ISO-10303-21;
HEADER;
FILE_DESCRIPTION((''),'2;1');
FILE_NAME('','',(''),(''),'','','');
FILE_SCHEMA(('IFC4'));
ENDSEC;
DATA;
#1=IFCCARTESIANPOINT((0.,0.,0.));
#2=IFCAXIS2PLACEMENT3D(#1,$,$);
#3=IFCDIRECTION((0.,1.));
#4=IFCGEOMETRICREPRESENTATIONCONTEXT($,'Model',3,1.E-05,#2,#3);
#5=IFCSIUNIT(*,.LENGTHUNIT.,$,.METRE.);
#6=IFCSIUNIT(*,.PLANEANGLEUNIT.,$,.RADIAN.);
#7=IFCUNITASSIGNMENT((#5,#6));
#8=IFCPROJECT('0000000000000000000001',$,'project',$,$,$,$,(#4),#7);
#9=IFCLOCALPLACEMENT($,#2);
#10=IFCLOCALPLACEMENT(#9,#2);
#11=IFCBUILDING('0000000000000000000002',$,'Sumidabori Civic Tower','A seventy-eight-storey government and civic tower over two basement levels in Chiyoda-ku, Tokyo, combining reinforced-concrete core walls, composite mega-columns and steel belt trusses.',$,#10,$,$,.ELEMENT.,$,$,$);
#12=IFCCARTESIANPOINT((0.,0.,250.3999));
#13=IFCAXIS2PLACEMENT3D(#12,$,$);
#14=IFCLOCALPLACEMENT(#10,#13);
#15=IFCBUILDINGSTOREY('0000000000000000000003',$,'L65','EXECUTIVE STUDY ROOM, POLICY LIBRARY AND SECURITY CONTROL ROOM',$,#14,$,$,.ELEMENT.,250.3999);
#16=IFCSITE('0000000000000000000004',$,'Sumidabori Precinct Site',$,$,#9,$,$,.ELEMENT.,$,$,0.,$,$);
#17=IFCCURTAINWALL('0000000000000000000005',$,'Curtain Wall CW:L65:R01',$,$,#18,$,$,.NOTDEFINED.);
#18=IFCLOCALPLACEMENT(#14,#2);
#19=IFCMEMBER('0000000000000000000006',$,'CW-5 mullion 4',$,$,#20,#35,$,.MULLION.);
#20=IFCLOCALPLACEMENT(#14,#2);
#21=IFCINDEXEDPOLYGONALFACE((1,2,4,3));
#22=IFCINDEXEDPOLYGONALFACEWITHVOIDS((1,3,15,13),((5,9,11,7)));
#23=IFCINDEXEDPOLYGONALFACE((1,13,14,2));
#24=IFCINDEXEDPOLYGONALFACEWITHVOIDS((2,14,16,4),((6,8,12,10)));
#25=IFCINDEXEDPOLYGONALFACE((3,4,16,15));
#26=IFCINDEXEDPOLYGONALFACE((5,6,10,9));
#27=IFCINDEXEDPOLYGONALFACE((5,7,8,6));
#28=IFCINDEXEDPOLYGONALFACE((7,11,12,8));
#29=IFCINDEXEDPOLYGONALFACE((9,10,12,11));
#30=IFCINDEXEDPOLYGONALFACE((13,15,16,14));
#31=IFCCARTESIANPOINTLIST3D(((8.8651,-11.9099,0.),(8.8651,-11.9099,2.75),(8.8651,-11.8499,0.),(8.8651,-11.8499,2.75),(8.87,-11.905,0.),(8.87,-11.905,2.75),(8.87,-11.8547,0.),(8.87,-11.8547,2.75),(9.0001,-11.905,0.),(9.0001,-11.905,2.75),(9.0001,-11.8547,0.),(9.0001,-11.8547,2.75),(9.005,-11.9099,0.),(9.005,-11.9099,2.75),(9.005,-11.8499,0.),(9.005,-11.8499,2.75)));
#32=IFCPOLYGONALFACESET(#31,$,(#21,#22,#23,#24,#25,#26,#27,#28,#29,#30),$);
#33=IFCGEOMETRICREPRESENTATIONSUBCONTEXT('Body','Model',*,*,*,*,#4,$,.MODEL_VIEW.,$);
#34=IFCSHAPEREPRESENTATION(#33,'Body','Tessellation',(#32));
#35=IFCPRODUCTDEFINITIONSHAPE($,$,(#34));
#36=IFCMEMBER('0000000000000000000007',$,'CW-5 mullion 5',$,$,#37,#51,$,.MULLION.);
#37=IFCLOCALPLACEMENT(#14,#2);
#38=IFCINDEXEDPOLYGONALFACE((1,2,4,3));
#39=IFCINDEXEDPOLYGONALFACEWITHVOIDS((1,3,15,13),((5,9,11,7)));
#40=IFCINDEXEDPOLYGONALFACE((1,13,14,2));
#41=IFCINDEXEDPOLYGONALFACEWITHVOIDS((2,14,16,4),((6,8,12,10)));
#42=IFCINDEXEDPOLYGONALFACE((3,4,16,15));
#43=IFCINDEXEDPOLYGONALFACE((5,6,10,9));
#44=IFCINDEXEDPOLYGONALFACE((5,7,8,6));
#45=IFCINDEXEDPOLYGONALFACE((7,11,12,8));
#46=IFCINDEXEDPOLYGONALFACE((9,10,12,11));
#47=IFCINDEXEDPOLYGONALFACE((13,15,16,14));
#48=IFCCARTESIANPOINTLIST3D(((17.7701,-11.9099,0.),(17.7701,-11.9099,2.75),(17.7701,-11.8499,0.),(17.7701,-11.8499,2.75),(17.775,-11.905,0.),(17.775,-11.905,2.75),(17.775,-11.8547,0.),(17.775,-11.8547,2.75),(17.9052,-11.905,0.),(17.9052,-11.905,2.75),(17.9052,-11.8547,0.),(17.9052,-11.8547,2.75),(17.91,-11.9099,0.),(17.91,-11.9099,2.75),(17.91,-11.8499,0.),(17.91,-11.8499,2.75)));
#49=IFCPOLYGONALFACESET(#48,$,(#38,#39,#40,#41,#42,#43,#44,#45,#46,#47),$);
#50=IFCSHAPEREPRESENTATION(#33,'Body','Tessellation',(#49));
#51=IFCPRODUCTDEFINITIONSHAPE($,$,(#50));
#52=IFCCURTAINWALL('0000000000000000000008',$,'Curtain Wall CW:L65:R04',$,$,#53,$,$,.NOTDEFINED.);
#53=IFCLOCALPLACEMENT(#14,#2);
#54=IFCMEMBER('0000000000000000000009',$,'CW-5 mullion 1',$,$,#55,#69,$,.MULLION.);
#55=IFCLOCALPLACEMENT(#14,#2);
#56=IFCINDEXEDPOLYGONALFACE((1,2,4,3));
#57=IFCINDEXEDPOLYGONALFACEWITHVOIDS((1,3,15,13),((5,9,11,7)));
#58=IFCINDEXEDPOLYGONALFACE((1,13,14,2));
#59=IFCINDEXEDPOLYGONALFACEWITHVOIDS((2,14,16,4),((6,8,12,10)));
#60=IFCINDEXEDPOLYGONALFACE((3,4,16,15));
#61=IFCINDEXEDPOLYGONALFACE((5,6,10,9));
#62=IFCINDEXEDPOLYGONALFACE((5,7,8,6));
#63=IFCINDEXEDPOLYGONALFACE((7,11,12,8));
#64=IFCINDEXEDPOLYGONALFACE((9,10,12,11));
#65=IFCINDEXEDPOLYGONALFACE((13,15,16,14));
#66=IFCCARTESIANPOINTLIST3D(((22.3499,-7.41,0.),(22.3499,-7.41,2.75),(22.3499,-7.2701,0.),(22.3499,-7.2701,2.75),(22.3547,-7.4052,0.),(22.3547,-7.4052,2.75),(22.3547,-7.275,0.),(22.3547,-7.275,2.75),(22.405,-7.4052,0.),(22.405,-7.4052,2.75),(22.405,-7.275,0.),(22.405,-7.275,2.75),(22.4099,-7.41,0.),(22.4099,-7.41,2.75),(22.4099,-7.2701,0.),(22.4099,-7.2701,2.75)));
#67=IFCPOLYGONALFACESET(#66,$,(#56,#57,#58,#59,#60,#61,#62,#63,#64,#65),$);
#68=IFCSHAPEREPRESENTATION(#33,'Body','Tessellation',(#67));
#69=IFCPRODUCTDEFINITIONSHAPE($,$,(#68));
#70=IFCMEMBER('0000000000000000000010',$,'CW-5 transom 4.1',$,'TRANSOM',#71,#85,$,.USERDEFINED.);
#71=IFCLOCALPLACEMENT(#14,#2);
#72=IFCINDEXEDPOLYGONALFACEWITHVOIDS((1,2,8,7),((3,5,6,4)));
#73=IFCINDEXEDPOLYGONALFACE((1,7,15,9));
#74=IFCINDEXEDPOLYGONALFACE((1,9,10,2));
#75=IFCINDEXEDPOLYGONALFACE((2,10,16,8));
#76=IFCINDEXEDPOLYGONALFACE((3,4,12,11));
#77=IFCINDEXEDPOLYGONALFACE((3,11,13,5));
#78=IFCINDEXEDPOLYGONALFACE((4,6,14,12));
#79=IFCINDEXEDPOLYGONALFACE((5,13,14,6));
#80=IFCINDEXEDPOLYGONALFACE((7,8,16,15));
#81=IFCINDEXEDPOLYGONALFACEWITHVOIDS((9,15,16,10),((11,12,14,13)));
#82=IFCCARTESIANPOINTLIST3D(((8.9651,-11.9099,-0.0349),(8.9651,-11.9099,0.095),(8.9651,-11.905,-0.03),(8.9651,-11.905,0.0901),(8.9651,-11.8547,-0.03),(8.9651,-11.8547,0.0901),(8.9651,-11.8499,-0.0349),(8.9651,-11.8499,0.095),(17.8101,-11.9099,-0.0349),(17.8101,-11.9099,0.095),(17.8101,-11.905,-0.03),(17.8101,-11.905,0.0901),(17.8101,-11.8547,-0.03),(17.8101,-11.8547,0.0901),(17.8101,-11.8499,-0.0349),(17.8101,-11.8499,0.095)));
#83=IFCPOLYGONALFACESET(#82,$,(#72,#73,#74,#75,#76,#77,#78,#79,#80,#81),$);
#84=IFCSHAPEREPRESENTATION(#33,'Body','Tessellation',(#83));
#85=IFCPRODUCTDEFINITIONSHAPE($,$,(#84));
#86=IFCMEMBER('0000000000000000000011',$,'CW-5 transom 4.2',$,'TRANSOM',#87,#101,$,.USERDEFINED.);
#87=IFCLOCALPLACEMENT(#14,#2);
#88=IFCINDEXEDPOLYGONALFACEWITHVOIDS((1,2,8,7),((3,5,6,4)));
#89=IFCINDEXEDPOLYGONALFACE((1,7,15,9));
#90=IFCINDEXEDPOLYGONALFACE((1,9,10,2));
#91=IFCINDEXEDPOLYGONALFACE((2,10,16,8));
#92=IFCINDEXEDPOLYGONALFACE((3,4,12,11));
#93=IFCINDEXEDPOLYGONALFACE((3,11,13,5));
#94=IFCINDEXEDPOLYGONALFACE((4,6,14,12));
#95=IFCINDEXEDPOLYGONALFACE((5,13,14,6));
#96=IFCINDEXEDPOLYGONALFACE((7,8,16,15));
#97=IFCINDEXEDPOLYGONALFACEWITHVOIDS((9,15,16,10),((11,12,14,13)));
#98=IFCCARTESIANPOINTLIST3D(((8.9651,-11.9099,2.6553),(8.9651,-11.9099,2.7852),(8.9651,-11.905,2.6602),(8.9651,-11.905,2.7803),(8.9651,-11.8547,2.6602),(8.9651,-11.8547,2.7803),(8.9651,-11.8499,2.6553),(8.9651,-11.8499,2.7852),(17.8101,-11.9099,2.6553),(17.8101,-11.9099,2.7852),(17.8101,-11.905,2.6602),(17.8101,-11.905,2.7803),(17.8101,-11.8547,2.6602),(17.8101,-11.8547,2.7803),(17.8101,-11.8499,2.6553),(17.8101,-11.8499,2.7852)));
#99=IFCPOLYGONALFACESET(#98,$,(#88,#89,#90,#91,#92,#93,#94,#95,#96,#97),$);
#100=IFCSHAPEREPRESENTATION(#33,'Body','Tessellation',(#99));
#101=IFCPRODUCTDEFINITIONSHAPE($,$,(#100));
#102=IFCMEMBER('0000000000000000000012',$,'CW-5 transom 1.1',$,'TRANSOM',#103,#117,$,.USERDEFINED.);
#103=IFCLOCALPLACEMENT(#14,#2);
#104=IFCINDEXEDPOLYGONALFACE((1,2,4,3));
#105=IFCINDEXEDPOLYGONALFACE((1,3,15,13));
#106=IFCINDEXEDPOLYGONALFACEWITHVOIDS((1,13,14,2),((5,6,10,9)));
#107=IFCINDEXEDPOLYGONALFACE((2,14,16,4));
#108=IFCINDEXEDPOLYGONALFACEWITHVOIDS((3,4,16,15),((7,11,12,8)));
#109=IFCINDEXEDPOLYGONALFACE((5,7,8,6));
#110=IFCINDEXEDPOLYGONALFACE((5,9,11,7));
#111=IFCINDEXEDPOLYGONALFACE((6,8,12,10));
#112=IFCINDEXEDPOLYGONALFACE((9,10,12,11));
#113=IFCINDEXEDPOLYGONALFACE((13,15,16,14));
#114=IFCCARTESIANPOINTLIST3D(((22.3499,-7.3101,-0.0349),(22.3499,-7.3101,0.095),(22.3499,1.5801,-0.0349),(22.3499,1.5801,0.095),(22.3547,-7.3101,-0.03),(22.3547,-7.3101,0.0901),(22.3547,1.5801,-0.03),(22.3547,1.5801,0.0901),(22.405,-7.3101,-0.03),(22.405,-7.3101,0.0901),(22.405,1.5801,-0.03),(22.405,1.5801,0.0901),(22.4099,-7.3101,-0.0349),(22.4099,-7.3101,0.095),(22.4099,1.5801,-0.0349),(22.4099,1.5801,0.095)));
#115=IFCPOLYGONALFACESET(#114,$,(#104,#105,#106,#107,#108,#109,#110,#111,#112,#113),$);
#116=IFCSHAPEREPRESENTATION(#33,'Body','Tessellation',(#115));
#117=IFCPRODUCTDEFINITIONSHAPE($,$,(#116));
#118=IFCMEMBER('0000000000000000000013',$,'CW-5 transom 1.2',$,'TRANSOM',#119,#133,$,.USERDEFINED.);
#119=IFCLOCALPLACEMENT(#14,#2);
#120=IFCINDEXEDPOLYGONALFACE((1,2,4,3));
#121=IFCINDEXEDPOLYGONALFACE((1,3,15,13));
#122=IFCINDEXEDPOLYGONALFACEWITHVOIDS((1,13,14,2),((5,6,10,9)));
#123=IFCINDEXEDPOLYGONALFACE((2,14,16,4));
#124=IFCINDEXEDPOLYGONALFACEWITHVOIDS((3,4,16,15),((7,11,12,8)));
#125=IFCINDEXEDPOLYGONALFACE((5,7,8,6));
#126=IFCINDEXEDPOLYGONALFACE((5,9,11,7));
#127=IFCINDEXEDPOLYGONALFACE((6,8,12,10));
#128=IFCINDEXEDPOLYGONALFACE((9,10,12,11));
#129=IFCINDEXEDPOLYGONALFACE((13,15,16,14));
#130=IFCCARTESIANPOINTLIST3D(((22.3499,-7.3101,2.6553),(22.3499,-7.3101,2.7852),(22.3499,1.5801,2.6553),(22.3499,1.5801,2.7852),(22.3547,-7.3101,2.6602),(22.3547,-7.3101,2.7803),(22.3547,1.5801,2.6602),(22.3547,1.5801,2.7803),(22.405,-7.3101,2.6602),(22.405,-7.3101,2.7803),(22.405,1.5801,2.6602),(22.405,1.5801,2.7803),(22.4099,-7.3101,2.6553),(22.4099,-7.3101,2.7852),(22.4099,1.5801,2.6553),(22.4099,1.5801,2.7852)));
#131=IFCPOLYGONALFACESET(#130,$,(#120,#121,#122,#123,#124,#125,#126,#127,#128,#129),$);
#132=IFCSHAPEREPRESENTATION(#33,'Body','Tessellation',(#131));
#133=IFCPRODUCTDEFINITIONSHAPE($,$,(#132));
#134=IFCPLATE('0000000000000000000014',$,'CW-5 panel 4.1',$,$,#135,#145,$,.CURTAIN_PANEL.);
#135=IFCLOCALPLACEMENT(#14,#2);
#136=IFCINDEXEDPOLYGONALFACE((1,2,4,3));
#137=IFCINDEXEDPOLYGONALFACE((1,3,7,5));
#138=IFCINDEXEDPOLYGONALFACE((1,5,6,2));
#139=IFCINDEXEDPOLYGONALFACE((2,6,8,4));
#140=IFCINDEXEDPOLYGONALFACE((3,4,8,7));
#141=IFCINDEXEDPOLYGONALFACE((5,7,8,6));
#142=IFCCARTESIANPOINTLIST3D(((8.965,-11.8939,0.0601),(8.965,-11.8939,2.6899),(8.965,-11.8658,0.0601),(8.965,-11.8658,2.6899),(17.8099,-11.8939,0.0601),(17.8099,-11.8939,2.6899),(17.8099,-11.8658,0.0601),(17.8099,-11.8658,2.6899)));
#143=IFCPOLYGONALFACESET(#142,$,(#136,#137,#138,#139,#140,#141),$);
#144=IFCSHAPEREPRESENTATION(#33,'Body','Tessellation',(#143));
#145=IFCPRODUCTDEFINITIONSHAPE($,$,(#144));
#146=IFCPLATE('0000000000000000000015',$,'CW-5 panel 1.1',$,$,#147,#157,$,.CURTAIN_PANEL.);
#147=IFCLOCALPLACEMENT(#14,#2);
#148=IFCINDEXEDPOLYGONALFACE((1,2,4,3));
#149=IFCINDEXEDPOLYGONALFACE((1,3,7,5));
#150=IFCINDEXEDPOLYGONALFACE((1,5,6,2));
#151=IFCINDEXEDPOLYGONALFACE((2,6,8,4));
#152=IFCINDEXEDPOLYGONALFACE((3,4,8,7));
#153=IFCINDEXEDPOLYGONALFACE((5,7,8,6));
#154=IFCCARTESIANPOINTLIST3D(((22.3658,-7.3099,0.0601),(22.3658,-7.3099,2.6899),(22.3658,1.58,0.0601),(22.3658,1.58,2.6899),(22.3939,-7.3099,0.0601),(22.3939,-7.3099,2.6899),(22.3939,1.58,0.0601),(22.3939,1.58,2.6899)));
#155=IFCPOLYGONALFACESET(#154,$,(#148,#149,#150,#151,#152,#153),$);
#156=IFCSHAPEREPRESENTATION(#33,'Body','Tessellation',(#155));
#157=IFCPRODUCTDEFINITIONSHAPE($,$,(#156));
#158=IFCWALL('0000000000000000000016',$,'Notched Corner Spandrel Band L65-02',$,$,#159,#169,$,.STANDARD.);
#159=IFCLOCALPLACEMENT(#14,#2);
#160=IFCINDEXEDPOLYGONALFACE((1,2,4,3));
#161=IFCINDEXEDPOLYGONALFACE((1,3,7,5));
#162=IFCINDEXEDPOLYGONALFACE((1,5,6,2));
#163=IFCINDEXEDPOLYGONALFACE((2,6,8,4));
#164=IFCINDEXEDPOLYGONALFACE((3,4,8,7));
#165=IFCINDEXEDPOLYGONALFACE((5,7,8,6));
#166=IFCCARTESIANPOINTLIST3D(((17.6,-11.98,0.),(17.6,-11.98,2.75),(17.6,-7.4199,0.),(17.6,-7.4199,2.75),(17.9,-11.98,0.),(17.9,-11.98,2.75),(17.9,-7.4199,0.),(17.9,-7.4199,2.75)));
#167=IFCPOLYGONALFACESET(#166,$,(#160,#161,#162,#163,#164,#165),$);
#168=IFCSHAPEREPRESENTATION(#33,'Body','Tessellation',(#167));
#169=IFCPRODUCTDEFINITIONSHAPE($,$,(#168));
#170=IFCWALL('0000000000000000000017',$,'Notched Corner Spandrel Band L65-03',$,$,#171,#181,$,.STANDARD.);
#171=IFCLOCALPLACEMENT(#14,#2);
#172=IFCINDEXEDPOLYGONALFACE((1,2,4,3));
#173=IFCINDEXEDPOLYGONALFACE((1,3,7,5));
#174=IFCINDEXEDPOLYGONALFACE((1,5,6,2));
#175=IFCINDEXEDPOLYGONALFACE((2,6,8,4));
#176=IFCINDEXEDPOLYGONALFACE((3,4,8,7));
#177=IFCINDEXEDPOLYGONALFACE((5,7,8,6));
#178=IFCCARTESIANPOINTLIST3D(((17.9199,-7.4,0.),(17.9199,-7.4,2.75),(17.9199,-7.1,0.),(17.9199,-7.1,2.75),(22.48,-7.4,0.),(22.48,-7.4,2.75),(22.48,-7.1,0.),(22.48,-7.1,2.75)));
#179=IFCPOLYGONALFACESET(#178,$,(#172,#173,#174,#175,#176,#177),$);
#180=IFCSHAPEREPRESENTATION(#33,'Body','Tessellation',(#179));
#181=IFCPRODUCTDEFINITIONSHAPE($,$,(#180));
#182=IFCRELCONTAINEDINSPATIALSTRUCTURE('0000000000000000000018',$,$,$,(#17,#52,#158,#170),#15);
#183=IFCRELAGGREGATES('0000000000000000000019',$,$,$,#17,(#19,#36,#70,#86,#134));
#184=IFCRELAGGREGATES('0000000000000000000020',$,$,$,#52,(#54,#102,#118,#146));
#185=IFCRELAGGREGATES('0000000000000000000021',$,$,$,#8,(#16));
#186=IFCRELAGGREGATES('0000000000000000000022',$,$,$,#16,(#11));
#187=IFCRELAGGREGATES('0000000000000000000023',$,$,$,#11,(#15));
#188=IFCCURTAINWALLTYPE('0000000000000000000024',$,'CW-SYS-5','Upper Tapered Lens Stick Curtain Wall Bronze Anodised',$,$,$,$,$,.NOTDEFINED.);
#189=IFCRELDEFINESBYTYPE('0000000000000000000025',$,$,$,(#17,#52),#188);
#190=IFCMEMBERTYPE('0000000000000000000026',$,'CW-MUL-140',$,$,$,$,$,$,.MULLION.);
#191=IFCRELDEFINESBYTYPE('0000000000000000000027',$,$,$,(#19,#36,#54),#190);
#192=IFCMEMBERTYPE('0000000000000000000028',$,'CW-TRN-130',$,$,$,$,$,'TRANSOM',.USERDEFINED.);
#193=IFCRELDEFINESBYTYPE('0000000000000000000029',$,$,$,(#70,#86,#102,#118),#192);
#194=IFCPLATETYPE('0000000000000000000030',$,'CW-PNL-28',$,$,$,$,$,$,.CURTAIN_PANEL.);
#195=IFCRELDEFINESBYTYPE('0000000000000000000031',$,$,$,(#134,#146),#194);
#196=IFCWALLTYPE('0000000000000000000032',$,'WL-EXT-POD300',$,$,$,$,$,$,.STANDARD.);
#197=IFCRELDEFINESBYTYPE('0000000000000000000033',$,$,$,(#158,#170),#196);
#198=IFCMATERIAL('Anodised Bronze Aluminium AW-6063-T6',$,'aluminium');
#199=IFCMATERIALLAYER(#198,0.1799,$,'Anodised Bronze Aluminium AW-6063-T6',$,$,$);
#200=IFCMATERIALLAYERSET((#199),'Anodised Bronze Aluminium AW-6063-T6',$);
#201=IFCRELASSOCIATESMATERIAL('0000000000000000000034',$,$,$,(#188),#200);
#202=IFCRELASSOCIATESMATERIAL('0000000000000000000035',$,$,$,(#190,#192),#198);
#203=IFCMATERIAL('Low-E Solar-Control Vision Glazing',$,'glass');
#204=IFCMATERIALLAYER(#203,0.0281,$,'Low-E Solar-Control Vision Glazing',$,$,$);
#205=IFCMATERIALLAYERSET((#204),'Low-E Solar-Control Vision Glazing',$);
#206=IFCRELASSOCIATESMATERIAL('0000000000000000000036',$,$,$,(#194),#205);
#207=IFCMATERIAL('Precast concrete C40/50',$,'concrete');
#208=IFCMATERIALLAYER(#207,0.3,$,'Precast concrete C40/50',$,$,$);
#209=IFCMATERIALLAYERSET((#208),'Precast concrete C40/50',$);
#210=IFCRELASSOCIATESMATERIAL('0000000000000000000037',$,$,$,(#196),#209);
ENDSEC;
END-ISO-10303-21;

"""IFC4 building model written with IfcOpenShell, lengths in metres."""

from ifc_helpers import new_model, si_unit, direction, frame, frame_2d, origin, origin_2d, place, context, subcontext, project, spatial, rectangle, hollow_rectangle, extrude, source, transform, mapped, material, layer, layer_set, material_profile, profile_set, type_object, element, aggregate, save


model = new_model("IFC4")

# Units and contexts
model_context = context("Model", 3, precision=1e-05, world=origin(), true_north=direction((0.0, 1.0)))
body_context = subcontext(model_context, "Body", "Model", "MODEL_VIEW")
ifc_project = project(units=[si_unit("LENGTHUNIT", "METRE"), si_unit("PLANEANGLEUNIT", "RADIAN")], contexts=[model_context])

# Site, building, storey
site_placement = place(None, origin())
site = spatial("IfcSite", under=ifc_project, at=site_placement, Name="Sumidabori Precinct Site", CompositionType="ELEMENT", RefElevation=0.0)
building_placement = place(site_placement, origin())
building = spatial("IfcBuilding", under=site, at=building_placement, Name="Sumidabori Civic Tower", Description="A seventy-eight-storey government and civic tower over two basement levels in Chiyoda-ku, Tokyo, combining reinforced-concrete core walls, composite mega-columns and steel belt trusses.", CompositionType="ELEMENT")
storey_placement = place(building_placement, frame((0.0, 0.0, 250.3999)))
storey = spatial("IfcBuildingStorey", under=building, at=storey_placement, Name="L65", Description="EXECUTIVE STUDY ROOM, POLICY LIBRARY AND SECURITY CONTROL ROOM", CompositionType="ELEMENT", Elevation=250.3999)

# Curtain wall, members
ifc_material_1 = material(Name="Anodised Bronze Aluminium AW-6063-T6", Category="aluminium")
ifc_layer_1 = layer(ifc_material_1, 0.1799, Name="Anodised Bronze Aluminium AW-6063-T6")
ifc_layer_set_1 = layer_set([ifc_layer_1], Name="Anodised Bronze Aluminium AW-6063-T6")
curtain_wall_type = type_object("IfcCurtainWallType", Name="CW-SYS-5", Description="Upper Tapered Lens Stick Curtain Wall Bronze Anodised", PredefinedType="NOTDEFINED", material=ifc_layer_set_1)
curtain_wall_1_placement = place(storey_placement, origin())
curtain_wall_1 = element("IfcCurtainWall", 1, at=curtain_wall_1_placement, inside=storey, type_object=curtain_wall_type, Name="Curtain Wall CW:L65:R01", PredefinedType="NOTDEFINED")
ifc_material_profile_1 = material_profile(ifc_material_1, hollow_rectangle(XDim=0.0601, YDim=0.1399, WallThickness=0.0049, at=origin_2d()), Name="ALU MULLION 140x60")
ifc_profile_set_1 = profile_set([ifc_material_profile_1], Name="Anodised Bronze Aluminium AW-6063-T6")
member_type_1 = type_object("IfcMemberType", Name="CW-MUL-140", PredefinedType="MULLION", material=ifc_profile_set_1)
shared_shape_1 = source(origin(), body_context, "Body", "SweptSolid", [
    extrude(hollow_rectangle(XDim=0.0601, YDim=0.1399, WallThickness=0.0049, at=origin_2d()), origin(), (0.0, 0.0, 1.0), 2.75),
])
member_1_placement = place(storey_placement, frame((8.9351, -11.8799, 0.0), z_axis=(0.0, 0.0, 1.0), x_axis=(0.0, 1.0, 0.0)))
member_1 = element("IfcMember", 2, at=member_1_placement, type_object=member_type_1, Name="CW-5 mullion 4", PredefinedType="MULLION", context=body_context, shape_type="MappedRepresentation", body=[
    mapped(shared_shape_1, transform((0.0, 0.0, 0.0), x_axis=(1.0, 0.0, 0.0), y_axis=(0.0, 1.0, 0.0), z_axis=(0.0, 0.0, 1.0), scale=1.0)),
])
member_2_placement = place(storey_placement, frame((17.8401, -11.8799, 0.0), z_axis=(0.0, 0.0, 1.0), x_axis=(0.0, 1.0, 0.0)))
member_2 = element("IfcMember", 3, at=member_2_placement, type_object=member_type_1, Name="CW-5 mullion 5", PredefinedType="MULLION", context=body_context, shape_type="MappedRepresentation", body=[
    mapped(shared_shape_1, transform((0.0, 0.0, 0.0), x_axis=(1.0, 0.0, 0.0), y_axis=(0.0, 1.0, 0.0), z_axis=(0.0, 0.0, 1.0), scale=1.0)),
])

# Curtain wall, member
curtain_wall_2_placement = place(storey_placement, origin())
curtain_wall_2 = element("IfcCurtainWall", 4, at=curtain_wall_2_placement, inside=storey, type_object=curtain_wall_type, Name="Curtain Wall CW:L65:R04", PredefinedType="NOTDEFINED")
member_3_placement = place(storey_placement, frame((22.3799, -7.3401, 0.0), z_axis=(0.0, 0.0, 1.0), x_axis=(-1.0, 0.0, 0.0)))
member_3 = element("IfcMember", 5, at=member_3_placement, type_object=member_type_1, Name="CW-5 mullion 1", PredefinedType="MULLION", context=body_context, shape_type="MappedRepresentation", body=[
    mapped(shared_shape_1, transform((0.0, 0.0, 0.0), x_axis=(1.0, 0.0, 0.0), y_axis=(0.0, 1.0, 0.0), z_axis=(0.0, 0.0, 1.0), scale=1.0)),
])

# Members
ifc_material_profile_2 = material_profile(ifc_material_1, hollow_rectangle(XDim=0.0601, YDim=0.1299, WallThickness=0.0049, at=origin_2d()), Name="ALU TRANSOM 130x60")
ifc_profile_set_2 = profile_set([ifc_material_profile_2], Name="Anodised Bronze Aluminium AW-6063-T6")
member_type_2 = type_object("IfcMemberType", Name="CW-TRN-130", ElementType="TRANSOM", PredefinedType="USERDEFINED", material=ifc_profile_set_2)
shared_shape_2 = source(origin(), body_context, "Body", "SweptSolid", [
    extrude(hollow_rectangle(XDim=0.0601, YDim=0.1299, WallThickness=0.0049, at=origin_2d()), origin(), (0.0, 0.0, 1.0), 8.845),
])
member_4_placement = place(storey_placement, frame((8.9651, -11.8799, 0.03), z_axis=(1.0, 0.0, 0.0), x_axis=(0.0, 1.0, 0.0)))
member_4 = element("IfcMember", 6, at=member_4_placement, type_object=member_type_2, Name="CW-5 transom 4.1", ObjectType="TRANSOM", PredefinedType="USERDEFINED", context=body_context, shape_type="MappedRepresentation", body=[
    mapped(shared_shape_2, transform((0.0, 0.0, 0.0), x_axis=(1.0, 0.0, 0.0), y_axis=(0.0, 1.0, 0.0), z_axis=(0.0, 0.0, 1.0), scale=1.0)),
])
member_5_placement = place(storey_placement, frame((8.9651, -11.8799, 2.7202), z_axis=(1.0, 0.0, 0.0), x_axis=(0.0, 1.0, 0.0)))
member_5 = element("IfcMember", 7, at=member_5_placement, type_object=member_type_2, Name="CW-5 transom 4.2", ObjectType="TRANSOM", PredefinedType="USERDEFINED", context=body_context, shape_type="MappedRepresentation", body=[
    mapped(shared_shape_2, transform((0.0, 0.0, 0.0), x_axis=(1.0, 0.0, 0.0), y_axis=(0.0, 1.0, 0.0), z_axis=(0.0, 0.0, 1.0), scale=1.0)),
])
shared_shape_3 = source(origin(), body_context, "Body", "SweptSolid", [
    extrude(hollow_rectangle(XDim=0.0601, YDim=0.1299, WallThickness=0.0049, at=origin_2d()), origin(), (0.0, 0.0, 1.0), 8.8901),
])
member_6_placement = place(storey_placement, frame((22.3799, -7.3101, 0.03), z_axis=(0.0, 1.0, 0.0), x_axis=(-1.0, 0.0, 0.0)))
member_6 = element("IfcMember", 8, at=member_6_placement, type_object=member_type_2, Name="CW-5 transom 1.1", ObjectType="TRANSOM", PredefinedType="USERDEFINED", context=body_context, shape_type="MappedRepresentation", body=[
    mapped(shared_shape_3, transform((0.0, 0.0, 0.0), x_axis=(1.0, 0.0, 0.0), y_axis=(0.0, 1.0, 0.0), z_axis=(0.0, 0.0, 1.0), scale=1.0)),
])
member_7_placement = place(storey_placement, frame((22.3799, -7.3101, 2.7202), z_axis=(0.0, 1.0, 0.0), x_axis=(-1.0, 0.0, 0.0)))
member_7 = element("IfcMember", 9, at=member_7_placement, type_object=member_type_2, Name="CW-5 transom 1.2", ObjectType="TRANSOM", PredefinedType="USERDEFINED", context=body_context, shape_type="MappedRepresentation", body=[
    mapped(shared_shape_3, transform((0.0, 0.0, 0.0), x_axis=(1.0, 0.0, 0.0), y_axis=(0.0, 1.0, 0.0), z_axis=(0.0, 0.0, 1.0), scale=1.0)),
])

# Plates
ifc_material_2 = material(Name="Low-E Solar-Control Vision Glazing", Category="glass")
ifc_layer_2 = layer(ifc_material_2, 0.0281, Name="Low-E Solar-Control Vision Glazing")
ifc_layer_set_2 = layer_set([ifc_layer_2], Name="Low-E Solar-Control Vision Glazing")
plate_type = type_object("IfcPlateType", Name="CW-PNL-28", PredefinedType="CURTAIN_PANEL", material=ifc_layer_set_2)
shared_shape_4 = source(origin(), body_context, "Body", "SweptSolid", [
    extrude(rectangle(XDim=8.845, YDim=0.0281, at=origin_2d()), origin(), (0.0, 0.0, 1.0), 2.6299),
])
plate_1_placement = place(storey_placement, frame((13.3875, -11.8799, 0.0601), z_axis=(0.0, 0.0, 1.0), x_axis=(1.0, 0.0, 0.0)))
plate_1 = element("IfcPlate", 10, at=plate_1_placement, type_object=plate_type, Name="CW-5 panel 4.1", PredefinedType="CURTAIN_PANEL", context=body_context, shape_type="MappedRepresentation", body=[
    mapped(shared_shape_4, transform((0.0, 0.0, 0.0), x_axis=(1.0, 0.0, 0.0), y_axis=(0.0, 1.0, 0.0), z_axis=(0.0, 0.0, 1.0), scale=1.0)),
])
aggregate(curtain_wall_1, [member_1, member_2, member_4, member_5, plate_1])
shared_shape_5 = source(origin(), body_context, "Body", "SweptSolid", [
    extrude(rectangle(XDim=8.8899, YDim=0.0281, at=origin_2d()), origin(), (0.0, 0.0, 1.0), 2.6299),
])
plate_2_placement = place(storey_placement, frame((22.3799, -2.865, 0.0601), z_axis=(0.0, 0.0, 1.0), x_axis=(0.0, 1.0, 0.0)))
plate_2 = element("IfcPlate", 11, at=plate_2_placement, type_object=plate_type, Name="CW-5 panel 1.1", PredefinedType="CURTAIN_PANEL", context=body_context, shape_type="MappedRepresentation", body=[
    mapped(shared_shape_5, transform((0.0, 0.0, 0.0), x_axis=(1.0, 0.0, 0.0), y_axis=(0.0, 1.0, 0.0), z_axis=(0.0, 0.0, 1.0), scale=1.0)),
])
aggregate(curtain_wall_2, [member_3, member_6, member_7, plate_2])

# Walls
ifc_material_3 = material(Name="Precast concrete C40/50", Category="concrete")
ifc_layer_3 = layer(ifc_material_3, 0.3, Name="Precast concrete C40/50")
ifc_layer_set_3 = layer_set([ifc_layer_3], Name="Precast concrete C40/50")
wall_type_1 = type_object("IfcWallType", Name="WL-EXT-POD300", PredefinedType="STANDARD", material=ifc_layer_set_3)
shared_shape_6 = source(origin(), body_context, "Body", "SweptSolid", [
    extrude(rectangle(XDim=4.5601, YDim=0.3, at=frame_2d((2.28, 0.0))), origin(), (0.0, 0.0, 1.0), 2.75),
])
for number, where, z_axis, x_axis, name in (
    (12, (17.75, -11.98, 0.0), (0.0, 0.0, 1.0), (0.0, 1.0, 0.0), "Notched Corner Spandrel Band L65-02"),
    (13, (17.9199, -7.25, 0.0), (0.0, 0.0, 1.0), (1.0, 0.0, 0.0), "Notched Corner Spandrel Band L65-03"),
):
    element("IfcWall", number, at=place(storey_placement, frame(where, z_axis=z_axis, x_axis=x_axis)), inside=storey, type_object=wall_type_1, Name=name, PredefinedType="STANDARD", context=body_context, shape_type="MappedRepresentation", body=[
        mapped(shared_shape_6, transform((0.0, 0.0, 0.0), x_axis=(1.0, 0.0, 0.0), y_axis=(0.0, 1.0, 0.0), z_axis=(0.0, 0.0, 1.0), scale=1.0)),
    ])

save(model, "model.ifc")
